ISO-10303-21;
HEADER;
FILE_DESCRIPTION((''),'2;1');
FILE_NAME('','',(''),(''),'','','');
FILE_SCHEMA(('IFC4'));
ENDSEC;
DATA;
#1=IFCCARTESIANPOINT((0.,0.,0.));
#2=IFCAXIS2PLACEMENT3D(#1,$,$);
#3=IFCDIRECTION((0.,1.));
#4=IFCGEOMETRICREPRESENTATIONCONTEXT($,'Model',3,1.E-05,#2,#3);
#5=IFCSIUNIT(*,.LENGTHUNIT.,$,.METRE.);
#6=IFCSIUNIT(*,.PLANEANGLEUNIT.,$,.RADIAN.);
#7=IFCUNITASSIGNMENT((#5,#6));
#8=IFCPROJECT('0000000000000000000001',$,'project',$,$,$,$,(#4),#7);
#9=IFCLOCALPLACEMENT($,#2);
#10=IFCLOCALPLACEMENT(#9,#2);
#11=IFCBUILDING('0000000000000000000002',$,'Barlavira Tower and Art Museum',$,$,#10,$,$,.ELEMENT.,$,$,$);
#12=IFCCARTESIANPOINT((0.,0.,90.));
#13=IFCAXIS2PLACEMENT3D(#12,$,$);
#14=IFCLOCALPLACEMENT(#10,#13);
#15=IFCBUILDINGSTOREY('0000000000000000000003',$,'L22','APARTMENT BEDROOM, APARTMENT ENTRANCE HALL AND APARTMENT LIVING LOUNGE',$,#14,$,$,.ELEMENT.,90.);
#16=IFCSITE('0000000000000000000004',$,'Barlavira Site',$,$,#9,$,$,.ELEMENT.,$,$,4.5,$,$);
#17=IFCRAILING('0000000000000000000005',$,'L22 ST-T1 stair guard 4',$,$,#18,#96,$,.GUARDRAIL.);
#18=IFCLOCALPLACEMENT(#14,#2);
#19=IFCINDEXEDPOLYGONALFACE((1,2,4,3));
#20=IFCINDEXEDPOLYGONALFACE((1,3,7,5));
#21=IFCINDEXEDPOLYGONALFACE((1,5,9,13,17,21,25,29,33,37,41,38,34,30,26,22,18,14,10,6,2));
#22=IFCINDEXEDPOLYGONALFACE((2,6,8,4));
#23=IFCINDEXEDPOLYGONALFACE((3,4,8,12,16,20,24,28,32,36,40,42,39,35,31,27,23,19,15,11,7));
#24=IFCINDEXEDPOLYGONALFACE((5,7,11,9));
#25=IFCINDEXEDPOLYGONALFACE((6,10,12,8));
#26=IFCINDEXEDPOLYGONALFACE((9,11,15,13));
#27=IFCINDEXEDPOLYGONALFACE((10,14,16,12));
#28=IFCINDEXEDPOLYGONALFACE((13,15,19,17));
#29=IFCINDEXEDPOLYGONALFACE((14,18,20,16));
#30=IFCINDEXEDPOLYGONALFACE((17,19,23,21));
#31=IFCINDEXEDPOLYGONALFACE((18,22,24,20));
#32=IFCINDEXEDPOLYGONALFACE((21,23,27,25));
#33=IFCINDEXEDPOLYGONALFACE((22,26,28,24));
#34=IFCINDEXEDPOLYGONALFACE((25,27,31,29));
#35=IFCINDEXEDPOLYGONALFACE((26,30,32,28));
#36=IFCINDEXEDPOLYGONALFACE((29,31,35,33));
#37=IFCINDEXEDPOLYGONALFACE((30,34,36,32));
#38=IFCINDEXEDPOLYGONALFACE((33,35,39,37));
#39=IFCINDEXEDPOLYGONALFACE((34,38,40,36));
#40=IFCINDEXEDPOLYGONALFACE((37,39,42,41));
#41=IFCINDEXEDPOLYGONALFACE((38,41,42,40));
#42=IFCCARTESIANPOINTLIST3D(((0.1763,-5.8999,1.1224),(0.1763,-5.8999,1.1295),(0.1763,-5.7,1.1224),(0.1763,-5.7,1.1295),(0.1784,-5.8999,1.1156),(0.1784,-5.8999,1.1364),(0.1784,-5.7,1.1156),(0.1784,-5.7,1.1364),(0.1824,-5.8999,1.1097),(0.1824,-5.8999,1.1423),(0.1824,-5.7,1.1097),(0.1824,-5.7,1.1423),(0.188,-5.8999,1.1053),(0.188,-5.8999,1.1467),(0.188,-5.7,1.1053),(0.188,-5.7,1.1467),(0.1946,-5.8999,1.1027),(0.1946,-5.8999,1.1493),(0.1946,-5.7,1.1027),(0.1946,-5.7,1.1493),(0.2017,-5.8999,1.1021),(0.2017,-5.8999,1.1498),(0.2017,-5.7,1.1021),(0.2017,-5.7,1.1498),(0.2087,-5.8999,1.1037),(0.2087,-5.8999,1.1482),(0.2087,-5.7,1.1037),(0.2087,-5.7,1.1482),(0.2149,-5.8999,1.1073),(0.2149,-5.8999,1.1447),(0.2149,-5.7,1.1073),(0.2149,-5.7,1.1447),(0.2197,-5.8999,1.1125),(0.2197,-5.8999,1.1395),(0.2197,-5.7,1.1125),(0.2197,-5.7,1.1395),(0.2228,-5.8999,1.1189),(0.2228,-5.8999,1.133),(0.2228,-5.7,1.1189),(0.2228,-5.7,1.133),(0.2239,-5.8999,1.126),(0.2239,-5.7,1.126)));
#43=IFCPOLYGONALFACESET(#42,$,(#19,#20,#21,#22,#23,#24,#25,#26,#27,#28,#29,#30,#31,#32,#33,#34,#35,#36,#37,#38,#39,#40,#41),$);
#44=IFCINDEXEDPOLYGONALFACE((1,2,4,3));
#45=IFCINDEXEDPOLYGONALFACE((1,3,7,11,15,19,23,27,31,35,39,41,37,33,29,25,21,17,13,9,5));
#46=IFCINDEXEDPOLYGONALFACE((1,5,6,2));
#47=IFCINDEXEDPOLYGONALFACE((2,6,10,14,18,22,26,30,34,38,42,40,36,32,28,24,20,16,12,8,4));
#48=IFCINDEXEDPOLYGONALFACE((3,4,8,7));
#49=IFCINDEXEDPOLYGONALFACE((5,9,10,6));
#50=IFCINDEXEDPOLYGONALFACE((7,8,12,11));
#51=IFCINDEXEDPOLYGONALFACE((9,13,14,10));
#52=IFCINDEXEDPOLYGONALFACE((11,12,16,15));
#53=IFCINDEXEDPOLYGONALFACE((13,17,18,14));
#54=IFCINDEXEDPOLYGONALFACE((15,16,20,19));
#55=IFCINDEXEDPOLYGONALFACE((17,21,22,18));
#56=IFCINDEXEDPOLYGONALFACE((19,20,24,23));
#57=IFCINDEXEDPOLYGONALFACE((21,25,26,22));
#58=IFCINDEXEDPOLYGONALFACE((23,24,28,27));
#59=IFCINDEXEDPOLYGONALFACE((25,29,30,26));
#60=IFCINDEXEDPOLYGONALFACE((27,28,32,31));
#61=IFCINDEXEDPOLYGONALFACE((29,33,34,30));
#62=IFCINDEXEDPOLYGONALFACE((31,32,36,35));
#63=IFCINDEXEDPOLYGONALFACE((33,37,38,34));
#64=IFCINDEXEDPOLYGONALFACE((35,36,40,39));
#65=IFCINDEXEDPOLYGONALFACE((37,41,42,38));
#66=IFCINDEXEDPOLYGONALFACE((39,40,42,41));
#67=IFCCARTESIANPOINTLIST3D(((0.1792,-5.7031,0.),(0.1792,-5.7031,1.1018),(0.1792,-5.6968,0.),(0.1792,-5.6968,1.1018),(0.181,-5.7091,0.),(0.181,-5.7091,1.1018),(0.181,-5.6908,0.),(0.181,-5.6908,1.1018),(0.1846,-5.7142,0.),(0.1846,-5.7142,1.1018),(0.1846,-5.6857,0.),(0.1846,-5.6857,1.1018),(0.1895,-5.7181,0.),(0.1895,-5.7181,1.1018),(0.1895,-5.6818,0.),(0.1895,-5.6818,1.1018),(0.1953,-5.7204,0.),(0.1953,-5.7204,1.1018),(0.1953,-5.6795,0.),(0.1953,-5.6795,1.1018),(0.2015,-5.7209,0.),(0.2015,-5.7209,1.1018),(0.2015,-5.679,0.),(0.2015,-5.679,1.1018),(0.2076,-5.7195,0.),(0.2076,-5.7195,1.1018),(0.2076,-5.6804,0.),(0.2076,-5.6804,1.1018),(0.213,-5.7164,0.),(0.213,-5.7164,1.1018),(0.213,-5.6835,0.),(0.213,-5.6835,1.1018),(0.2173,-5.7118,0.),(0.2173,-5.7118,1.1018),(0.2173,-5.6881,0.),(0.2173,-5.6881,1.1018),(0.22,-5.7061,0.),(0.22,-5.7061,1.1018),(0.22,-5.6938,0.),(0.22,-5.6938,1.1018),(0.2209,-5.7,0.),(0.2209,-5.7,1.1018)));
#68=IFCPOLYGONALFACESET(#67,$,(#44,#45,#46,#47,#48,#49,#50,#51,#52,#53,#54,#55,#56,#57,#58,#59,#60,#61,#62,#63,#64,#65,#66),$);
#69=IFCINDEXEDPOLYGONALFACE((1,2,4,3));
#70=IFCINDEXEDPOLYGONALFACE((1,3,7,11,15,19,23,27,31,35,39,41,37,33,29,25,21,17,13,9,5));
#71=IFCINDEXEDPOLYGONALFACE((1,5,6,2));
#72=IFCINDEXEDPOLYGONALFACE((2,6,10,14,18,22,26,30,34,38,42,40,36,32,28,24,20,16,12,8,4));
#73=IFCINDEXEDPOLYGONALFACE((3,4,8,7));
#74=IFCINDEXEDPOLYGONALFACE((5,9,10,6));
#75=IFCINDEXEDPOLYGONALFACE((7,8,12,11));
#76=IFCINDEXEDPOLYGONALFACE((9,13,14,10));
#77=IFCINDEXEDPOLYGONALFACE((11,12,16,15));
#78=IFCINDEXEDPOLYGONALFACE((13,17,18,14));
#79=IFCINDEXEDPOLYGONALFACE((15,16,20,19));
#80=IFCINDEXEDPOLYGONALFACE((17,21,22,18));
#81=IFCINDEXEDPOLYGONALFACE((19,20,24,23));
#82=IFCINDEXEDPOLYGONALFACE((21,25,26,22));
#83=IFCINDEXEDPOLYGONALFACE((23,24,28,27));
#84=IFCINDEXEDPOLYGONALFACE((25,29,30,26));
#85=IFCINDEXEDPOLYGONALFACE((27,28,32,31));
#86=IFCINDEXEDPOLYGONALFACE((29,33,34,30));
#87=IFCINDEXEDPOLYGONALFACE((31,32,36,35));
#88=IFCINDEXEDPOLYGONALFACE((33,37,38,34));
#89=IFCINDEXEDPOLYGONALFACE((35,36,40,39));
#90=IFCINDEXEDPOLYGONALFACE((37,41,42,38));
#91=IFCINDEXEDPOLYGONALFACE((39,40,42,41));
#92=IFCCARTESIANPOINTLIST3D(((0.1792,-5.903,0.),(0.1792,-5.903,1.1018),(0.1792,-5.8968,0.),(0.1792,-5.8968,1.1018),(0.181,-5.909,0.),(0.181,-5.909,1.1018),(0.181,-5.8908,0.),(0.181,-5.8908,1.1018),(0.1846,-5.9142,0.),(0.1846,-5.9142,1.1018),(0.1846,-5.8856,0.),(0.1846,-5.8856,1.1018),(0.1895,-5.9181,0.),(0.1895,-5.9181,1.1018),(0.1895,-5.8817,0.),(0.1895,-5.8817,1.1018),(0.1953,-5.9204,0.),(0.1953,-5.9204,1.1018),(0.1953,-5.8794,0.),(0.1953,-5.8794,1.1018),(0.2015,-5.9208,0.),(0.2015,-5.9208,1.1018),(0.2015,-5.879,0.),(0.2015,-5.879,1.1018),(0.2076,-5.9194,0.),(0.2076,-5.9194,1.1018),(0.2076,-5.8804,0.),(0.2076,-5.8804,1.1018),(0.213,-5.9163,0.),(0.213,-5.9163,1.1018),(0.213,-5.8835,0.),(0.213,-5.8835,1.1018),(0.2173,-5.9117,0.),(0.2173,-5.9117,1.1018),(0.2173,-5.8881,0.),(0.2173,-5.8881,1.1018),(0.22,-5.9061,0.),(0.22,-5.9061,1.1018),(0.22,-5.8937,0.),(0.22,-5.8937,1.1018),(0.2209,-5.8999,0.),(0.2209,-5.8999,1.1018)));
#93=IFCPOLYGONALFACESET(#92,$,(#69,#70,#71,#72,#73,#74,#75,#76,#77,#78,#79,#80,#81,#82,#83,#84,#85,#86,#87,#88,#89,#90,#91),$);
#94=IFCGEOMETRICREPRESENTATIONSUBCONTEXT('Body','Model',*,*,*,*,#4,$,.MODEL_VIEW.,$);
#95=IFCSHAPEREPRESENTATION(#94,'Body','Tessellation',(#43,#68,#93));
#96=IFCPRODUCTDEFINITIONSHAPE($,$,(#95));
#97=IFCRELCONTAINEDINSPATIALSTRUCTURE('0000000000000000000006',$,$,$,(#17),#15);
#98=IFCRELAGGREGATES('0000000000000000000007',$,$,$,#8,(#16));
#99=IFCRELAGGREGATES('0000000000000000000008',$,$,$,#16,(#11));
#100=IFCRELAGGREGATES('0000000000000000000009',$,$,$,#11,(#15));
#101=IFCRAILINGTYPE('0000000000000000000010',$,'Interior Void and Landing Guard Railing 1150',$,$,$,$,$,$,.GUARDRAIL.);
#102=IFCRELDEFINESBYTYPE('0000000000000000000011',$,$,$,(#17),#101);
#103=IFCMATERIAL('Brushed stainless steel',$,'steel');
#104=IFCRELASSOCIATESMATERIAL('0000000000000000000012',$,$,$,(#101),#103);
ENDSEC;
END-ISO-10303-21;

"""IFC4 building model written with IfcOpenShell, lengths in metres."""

from ifc_helpers import new_model, si_unit, direction, frame, origin, origin_2d, place, context, subcontext, project, spatial, circle, extrude, material, type_object, element, save


model = new_model("IFC4")

# Units and contexts
model_context = context("Model", 3, precision=1e-05, world=origin(), true_north=direction((0.0, 1.0)))
body_context = subcontext(model_context, "Body", "Model", "MODEL_VIEW")
ifc_project = project(units=[si_unit("LENGTHUNIT", "METRE"), si_unit("PLANEANGLEUNIT", "RADIAN")], contexts=[model_context])

# Site, building, storey
site_placement = place(None, origin())
site = spatial("IfcSite", under=ifc_project, at=site_placement, Name="Barlavira Site", CompositionType="ELEMENT", RefElevation=4.5)
building_placement = place(site_placement, origin())
building = spatial("IfcBuilding", under=site, at=building_placement, Name="Barlavira Tower and Art Museum", CompositionType="ELEMENT")
storey_placement = place(building_placement, frame((0.0, 0.0, 90.0)))
storey = spatial("IfcBuildingStorey", under=building, at=storey_placement, Name="L22", Description="APARTMENT BEDROOM, APARTMENT ENTRANCE HALL AND APARTMENT LIVING LOUNGE", CompositionType="ELEMENT", Elevation=90.0)

# Shared definitions
ifc_material_1 = material(Name="Brushed stainless steel", Category="steel")

# Railing
railing_type_1 = type_object("IfcRailingType", Name="Interior Void and Landing Guard Railing 1150", PredefinedType="GUARDRAIL", material=ifc_material_1)
railing_1_placement = place(storey_placement, frame((0.2, -5.7, 0.0)))
element("IfcRailing", 1, at=railing_1_placement, inside=storey, type_object=railing_type_1, Name="L22 ST-T1 stair guard 4", PredefinedType="GUARDRAIL", context=body_context, shape_type="SweptSolid", body=[
    extrude(circle(Radius=0.0239, at=origin_2d()), frame((0.0, 0.0, 1.126), z_axis=(0.0, -1.0, 0.0), x_axis=(1.0, 0.0, 0.0)), (0.0, 0.0, 1.0), 0.2),
    extrude(circle(Radius=0.021, at=origin_2d()), origin(), (0.0, 0.0, 1.0), 1.1018),
    extrude(circle(Radius=0.021, at=origin_2d()), frame((0.0, -0.2, 0.0)), (0.0, 0.0, 1.0), 1.1018),
])

save(model, "model.ifc")
